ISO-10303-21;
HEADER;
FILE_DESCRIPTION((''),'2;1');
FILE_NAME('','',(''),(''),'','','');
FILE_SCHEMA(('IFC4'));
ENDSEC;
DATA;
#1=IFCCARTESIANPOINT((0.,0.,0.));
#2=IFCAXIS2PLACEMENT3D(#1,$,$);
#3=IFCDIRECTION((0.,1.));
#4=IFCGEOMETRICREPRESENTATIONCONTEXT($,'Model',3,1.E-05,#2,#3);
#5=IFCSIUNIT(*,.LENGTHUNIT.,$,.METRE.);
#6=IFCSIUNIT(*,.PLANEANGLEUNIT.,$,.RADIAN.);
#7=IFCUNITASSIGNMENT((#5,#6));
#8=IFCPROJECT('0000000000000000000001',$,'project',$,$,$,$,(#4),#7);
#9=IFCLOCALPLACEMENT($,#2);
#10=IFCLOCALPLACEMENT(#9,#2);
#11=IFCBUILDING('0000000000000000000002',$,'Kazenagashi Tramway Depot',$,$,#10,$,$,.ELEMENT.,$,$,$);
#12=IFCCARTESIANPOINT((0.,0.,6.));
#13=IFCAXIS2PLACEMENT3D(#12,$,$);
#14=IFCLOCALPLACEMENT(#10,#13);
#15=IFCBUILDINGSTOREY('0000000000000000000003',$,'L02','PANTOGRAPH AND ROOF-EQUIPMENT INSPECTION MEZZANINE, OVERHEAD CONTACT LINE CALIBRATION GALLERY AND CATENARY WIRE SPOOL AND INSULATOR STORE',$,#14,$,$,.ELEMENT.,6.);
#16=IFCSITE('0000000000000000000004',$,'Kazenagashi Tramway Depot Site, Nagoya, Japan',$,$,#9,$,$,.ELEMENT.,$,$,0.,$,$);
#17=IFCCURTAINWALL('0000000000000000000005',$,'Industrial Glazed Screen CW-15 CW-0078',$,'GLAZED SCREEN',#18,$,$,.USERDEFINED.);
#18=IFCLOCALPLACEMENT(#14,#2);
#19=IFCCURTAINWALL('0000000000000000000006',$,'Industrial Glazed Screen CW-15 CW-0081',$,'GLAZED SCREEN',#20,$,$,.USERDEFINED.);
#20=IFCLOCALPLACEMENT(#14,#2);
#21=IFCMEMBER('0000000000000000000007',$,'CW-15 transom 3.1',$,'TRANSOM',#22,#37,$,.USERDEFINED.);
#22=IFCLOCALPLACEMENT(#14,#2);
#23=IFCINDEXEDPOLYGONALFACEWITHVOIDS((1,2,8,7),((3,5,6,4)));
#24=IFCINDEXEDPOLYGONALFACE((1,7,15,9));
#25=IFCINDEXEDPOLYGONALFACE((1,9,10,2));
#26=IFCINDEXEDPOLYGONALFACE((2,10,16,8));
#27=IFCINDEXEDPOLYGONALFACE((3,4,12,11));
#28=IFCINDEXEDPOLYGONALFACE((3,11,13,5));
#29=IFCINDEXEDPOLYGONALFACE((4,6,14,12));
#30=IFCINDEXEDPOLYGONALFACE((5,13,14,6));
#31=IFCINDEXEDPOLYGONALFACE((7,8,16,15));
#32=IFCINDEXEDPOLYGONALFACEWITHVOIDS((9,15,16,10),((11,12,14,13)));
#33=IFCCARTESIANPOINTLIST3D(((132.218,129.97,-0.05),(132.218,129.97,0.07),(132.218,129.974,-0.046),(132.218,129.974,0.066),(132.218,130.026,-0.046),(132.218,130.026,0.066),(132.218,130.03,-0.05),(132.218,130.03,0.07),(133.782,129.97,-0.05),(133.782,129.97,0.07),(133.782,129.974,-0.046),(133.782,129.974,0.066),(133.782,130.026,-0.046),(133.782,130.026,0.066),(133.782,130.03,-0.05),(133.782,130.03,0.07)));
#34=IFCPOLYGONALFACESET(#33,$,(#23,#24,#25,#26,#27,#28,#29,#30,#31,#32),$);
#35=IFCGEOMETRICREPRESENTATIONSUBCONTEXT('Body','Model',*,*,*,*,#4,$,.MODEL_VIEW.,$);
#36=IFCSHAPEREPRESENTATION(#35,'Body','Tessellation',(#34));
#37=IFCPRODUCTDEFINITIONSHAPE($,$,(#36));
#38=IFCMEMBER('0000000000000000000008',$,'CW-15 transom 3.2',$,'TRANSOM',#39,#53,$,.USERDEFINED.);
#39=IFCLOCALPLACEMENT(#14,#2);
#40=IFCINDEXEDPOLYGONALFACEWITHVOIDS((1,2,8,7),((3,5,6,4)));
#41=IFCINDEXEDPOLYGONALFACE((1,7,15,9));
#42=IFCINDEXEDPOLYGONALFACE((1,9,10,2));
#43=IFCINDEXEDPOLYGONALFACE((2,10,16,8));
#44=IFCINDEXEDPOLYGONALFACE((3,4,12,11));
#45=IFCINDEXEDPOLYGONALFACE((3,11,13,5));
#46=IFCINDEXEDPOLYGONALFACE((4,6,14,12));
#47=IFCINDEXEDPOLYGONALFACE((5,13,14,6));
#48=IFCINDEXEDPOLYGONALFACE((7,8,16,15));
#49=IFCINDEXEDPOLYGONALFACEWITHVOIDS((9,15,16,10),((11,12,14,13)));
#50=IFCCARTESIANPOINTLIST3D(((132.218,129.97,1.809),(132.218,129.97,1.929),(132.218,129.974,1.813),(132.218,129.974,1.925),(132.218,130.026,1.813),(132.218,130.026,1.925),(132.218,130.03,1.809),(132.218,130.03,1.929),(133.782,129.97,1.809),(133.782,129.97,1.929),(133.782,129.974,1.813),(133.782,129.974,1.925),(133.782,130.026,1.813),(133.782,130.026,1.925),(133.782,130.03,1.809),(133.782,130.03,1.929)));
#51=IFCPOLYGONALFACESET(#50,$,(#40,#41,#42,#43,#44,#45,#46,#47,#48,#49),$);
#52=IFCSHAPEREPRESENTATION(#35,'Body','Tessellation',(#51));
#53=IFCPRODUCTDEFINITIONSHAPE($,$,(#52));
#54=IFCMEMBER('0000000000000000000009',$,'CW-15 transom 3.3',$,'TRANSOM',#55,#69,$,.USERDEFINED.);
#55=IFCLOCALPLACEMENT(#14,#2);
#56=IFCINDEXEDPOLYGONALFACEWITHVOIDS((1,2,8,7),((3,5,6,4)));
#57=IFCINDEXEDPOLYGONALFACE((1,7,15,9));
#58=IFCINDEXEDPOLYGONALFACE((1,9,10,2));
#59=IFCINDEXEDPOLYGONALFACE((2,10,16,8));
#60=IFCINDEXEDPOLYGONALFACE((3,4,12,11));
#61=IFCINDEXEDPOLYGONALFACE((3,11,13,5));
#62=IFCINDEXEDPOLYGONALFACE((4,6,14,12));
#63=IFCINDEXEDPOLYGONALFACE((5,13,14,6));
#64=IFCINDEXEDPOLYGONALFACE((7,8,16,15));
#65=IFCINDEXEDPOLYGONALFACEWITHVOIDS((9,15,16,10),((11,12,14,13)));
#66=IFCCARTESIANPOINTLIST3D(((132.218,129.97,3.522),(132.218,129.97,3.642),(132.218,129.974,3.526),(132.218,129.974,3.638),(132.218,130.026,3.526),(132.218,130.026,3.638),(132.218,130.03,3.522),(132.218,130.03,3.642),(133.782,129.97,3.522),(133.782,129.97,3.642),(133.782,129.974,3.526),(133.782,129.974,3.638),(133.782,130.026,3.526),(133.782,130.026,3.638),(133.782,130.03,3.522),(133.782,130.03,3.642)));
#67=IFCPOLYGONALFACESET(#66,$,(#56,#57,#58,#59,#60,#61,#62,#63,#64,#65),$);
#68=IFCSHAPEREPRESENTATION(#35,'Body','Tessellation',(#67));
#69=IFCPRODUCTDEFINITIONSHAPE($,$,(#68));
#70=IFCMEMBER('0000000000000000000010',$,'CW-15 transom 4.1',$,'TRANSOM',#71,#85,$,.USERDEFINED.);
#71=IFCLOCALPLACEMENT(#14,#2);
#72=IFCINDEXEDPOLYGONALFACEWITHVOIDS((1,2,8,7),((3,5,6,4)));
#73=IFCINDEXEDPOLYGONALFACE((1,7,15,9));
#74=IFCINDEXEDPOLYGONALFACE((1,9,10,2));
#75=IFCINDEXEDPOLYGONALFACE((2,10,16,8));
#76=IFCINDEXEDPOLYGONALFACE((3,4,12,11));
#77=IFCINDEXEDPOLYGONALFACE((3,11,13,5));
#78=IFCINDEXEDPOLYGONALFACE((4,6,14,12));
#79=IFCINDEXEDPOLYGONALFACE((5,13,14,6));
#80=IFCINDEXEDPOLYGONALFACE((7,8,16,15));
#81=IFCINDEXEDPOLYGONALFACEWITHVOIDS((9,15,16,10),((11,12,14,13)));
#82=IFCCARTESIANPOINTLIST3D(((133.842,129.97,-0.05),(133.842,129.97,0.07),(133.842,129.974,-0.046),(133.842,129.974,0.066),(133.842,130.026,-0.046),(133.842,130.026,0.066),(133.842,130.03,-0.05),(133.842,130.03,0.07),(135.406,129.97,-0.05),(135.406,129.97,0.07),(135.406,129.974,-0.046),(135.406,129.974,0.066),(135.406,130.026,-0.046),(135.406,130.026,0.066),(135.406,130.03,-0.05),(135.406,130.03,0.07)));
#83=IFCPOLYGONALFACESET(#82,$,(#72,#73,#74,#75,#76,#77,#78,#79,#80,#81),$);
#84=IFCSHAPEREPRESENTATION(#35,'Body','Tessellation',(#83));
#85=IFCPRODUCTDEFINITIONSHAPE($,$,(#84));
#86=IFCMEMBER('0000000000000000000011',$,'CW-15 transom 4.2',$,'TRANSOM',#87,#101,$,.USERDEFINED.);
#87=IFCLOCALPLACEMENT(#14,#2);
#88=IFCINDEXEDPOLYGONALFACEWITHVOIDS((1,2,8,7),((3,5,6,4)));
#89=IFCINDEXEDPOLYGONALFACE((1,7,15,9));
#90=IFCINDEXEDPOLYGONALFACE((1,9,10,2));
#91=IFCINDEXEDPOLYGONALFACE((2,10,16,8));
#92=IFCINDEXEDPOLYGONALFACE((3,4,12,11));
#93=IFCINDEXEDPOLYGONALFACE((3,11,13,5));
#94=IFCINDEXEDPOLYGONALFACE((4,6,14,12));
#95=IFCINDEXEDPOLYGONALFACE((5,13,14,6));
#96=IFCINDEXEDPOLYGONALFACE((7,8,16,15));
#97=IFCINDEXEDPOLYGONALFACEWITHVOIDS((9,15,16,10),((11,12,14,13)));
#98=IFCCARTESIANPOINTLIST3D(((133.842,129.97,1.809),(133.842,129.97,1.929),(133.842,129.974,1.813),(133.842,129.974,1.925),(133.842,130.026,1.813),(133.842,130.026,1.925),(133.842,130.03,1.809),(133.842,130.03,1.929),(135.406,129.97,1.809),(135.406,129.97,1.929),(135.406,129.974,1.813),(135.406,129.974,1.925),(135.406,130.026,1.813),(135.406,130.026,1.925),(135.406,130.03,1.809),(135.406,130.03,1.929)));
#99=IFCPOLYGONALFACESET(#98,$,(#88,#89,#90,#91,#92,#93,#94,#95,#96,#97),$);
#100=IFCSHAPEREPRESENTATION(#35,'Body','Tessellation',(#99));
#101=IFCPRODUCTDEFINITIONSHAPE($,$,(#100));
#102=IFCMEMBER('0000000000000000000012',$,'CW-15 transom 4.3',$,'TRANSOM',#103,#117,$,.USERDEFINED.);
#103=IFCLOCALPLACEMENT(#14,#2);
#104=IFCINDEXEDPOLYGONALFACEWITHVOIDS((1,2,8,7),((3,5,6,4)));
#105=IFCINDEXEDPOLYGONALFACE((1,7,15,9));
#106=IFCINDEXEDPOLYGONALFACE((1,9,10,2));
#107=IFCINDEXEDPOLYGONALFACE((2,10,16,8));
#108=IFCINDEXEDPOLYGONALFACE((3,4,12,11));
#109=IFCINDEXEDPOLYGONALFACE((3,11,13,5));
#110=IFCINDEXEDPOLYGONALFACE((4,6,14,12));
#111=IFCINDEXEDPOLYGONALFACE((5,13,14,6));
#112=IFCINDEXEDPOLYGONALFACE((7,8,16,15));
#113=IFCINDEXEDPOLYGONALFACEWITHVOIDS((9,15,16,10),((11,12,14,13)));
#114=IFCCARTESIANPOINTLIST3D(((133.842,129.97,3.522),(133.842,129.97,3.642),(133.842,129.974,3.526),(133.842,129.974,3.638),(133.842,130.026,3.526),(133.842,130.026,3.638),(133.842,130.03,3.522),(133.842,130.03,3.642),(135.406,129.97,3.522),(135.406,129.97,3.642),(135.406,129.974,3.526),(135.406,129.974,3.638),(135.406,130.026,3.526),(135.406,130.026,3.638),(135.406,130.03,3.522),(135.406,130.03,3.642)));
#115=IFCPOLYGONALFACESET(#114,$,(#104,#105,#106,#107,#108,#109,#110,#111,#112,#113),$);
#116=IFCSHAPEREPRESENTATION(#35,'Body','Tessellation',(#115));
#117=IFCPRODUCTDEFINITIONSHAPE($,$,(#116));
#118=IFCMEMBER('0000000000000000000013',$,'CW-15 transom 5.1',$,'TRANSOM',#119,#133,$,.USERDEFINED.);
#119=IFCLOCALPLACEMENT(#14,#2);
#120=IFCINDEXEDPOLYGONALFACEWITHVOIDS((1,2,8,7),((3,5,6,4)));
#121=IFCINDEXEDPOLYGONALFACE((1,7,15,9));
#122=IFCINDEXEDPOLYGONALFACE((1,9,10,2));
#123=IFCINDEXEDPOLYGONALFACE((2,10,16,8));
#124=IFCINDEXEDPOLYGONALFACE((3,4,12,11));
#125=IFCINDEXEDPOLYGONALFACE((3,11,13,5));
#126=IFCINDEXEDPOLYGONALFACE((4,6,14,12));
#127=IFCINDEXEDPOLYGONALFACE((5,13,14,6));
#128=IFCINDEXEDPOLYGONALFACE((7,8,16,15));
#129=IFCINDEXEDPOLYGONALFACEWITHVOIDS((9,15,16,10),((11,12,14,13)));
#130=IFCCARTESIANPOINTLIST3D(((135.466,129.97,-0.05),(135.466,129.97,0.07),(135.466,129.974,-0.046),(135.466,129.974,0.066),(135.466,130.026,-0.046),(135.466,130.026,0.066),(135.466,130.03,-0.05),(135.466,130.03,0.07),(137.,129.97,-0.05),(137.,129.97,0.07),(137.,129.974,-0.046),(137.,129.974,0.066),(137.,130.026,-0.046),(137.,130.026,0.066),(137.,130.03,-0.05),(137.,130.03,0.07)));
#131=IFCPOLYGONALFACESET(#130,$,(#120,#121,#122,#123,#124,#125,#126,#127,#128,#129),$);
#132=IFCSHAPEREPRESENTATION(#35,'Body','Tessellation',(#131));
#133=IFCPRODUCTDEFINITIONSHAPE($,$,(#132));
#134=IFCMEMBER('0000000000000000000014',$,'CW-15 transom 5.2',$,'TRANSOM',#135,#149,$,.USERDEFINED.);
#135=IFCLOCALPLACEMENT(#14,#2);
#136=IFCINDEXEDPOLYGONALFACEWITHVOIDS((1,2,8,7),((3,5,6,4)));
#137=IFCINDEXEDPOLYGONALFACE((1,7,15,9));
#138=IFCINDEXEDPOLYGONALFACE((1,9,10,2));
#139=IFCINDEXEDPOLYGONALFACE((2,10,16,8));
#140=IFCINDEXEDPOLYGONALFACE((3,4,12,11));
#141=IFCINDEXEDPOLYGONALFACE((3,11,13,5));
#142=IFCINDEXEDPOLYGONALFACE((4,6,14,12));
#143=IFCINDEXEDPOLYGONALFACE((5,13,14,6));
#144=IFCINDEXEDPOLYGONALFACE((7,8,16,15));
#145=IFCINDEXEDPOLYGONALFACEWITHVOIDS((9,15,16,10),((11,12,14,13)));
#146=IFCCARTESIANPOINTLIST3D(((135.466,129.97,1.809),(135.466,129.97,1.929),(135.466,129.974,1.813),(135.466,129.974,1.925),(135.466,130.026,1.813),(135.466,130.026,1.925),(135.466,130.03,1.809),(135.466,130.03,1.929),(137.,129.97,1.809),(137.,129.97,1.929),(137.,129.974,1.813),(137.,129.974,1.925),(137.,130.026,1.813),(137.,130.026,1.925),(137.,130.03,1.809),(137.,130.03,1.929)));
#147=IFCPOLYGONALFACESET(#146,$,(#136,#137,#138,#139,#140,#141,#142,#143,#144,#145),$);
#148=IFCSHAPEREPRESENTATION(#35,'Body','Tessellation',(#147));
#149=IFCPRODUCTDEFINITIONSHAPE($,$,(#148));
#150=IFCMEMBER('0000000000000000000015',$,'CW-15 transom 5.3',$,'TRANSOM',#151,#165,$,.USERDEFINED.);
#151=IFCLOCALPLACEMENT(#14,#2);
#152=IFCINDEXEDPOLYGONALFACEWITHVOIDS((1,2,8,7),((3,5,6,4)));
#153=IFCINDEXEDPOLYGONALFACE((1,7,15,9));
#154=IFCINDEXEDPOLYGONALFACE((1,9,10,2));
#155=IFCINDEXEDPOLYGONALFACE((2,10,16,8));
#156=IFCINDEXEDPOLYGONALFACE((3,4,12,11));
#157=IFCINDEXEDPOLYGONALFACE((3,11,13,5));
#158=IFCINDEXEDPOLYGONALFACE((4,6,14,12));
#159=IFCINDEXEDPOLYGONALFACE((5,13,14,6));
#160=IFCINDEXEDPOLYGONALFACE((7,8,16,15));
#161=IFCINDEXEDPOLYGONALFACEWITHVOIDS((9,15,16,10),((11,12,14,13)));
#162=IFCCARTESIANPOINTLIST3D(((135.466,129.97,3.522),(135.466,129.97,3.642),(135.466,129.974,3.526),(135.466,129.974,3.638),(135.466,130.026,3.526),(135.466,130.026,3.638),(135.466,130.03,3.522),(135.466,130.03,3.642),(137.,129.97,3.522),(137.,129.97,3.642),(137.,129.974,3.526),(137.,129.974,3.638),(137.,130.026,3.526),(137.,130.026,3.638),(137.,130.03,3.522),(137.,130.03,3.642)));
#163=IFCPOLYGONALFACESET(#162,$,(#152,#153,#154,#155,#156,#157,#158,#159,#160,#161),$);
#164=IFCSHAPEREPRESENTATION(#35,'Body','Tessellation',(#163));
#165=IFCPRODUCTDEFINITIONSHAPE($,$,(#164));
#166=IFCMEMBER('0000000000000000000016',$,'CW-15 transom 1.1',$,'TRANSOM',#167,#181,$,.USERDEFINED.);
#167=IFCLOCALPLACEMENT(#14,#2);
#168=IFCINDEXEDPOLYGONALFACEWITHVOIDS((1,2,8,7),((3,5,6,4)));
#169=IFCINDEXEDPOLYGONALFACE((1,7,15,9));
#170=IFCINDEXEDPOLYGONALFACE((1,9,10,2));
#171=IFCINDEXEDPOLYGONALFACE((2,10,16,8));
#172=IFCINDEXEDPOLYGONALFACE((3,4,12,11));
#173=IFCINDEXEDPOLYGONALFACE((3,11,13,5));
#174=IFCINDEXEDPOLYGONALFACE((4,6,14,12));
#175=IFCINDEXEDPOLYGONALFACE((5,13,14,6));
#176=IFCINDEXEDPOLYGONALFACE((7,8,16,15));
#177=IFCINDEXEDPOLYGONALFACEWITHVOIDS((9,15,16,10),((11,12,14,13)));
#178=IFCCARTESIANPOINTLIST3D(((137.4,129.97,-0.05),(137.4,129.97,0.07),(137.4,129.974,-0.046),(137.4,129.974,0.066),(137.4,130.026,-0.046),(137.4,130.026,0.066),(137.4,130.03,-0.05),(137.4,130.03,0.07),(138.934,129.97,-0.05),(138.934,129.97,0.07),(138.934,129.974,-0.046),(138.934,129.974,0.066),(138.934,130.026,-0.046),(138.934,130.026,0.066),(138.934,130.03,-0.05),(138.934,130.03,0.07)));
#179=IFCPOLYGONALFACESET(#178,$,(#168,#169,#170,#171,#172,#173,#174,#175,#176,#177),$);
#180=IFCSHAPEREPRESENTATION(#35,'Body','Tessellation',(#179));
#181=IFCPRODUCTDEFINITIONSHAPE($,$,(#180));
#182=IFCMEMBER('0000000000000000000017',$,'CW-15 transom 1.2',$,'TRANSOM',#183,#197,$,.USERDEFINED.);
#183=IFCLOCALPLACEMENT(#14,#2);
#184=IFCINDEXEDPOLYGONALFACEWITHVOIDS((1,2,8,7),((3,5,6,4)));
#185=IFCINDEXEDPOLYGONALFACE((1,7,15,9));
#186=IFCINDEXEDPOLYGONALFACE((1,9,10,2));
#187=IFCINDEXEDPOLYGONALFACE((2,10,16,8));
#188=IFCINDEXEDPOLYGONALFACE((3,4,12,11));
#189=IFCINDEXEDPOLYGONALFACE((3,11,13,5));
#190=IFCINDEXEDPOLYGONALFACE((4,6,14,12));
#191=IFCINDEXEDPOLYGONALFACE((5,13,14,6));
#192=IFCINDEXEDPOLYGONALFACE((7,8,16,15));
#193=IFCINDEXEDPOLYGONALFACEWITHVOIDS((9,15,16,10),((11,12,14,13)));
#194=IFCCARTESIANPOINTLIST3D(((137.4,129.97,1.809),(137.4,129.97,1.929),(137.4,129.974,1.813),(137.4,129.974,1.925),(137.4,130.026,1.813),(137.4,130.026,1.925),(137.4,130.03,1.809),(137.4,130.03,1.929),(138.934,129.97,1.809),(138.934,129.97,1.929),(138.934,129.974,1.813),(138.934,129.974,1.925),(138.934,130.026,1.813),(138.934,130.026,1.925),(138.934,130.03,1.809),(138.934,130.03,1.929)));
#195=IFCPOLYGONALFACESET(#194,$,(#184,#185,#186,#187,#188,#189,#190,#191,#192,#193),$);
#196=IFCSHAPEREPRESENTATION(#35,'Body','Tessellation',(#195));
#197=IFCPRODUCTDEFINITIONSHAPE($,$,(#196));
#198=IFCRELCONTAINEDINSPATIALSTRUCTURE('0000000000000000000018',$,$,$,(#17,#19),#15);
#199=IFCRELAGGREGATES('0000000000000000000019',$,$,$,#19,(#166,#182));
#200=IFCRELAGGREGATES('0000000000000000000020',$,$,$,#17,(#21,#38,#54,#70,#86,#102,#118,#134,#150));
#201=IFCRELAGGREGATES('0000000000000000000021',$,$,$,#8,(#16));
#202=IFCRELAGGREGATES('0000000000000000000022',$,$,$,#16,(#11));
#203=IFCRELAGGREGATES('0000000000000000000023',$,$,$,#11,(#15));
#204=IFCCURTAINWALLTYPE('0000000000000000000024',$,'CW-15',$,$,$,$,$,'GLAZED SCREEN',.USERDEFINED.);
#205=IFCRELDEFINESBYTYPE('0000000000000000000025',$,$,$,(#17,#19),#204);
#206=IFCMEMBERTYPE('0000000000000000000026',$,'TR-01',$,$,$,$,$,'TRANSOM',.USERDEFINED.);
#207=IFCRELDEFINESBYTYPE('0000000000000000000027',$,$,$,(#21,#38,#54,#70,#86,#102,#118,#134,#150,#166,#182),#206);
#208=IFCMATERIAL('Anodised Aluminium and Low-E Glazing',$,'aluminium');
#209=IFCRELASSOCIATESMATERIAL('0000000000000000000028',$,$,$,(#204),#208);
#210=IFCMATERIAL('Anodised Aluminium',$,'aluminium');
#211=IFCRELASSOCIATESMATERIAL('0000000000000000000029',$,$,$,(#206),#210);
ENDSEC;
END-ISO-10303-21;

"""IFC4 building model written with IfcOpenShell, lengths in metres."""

from ifc_helpers import new_model, si_unit, direction, frame, origin, origin_2d, place, context, subcontext, project, spatial, hollow_rectangle, extrude, material, material_profile, profile_set, type_object, element, aggregate, save


model = new_model("IFC4")

# Units and contexts
model_context = context("Model", 3, precision=1e-05, world=origin(), true_north=direction((0.0, 1.0)))
body_context = subcontext(model_context, "Body", "Model", "MODEL_VIEW")
ifc_project = project(units=[si_unit("LENGTHUNIT", "METRE"), si_unit("PLANEANGLEUNIT", "RADIAN")], contexts=[model_context])

# Site, building, storey
site_placement = place(None, origin())
site = spatial("IfcSite", under=ifc_project, at=site_placement, Name="Kazenagashi Tramway Depot Site, Nagoya, Japan", CompositionType="ELEMENT", RefElevation=0.0)
building_placement = place(site_placement, origin())
building = spatial("IfcBuilding", under=site, at=building_placement, Name="Kazenagashi Tramway Depot", CompositionType="ELEMENT")
storey_placement = place(building_placement, frame((0.0, 0.0, 6.0)))
storey = spatial("IfcBuildingStorey", under=building, at=storey_placement, Name="L02", Description="PANTOGRAPH AND ROOF-EQUIPMENT INSPECTION MEZZANINE, OVERHEAD CONTACT LINE CALIBRATION GALLERY AND CATENARY WIRE SPOOL AND INSULATOR STORE", CompositionType="ELEMENT", Elevation=6.0)

# Curtain walls
ifc_material_1 = material(Name="Anodised Aluminium and Low-E Glazing", Category="aluminium")
curtain_wall_type = type_object("IfcCurtainWallType", Name="CW-15", ElementType="GLAZED SCREEN", PredefinedType="USERDEFINED", material=ifc_material_1)
curtain_wall_1_placement = place(storey_placement, origin())
curtain_wall_1 = element("IfcCurtainWall", 1, at=curtain_wall_1_placement, inside=storey, type_object=curtain_wall_type, Name="Industrial Glazed Screen CW-15 CW-0078", ObjectType="GLAZED SCREEN", PredefinedType="USERDEFINED")
ifc_material_2 = material(Name="Anodised Aluminium", Category="aluminium")
curtain_wall_2_placement = place(storey_placement, origin())
curtain_wall_2 = element("IfcCurtainWall", 2, at=curtain_wall_2_placement, inside=storey, type_object=curtain_wall_type, Name="Industrial Glazed Screen CW-15 CW-0081", ObjectType="GLAZED SCREEN", PredefinedType="USERDEFINED")

# Members
ifc_material_profile_1 = material_profile(ifc_material_2, hollow_rectangle(XDim=0.06, YDim=0.12, WallThickness=0.004, at=origin_2d()), Name="RHS-120x60x4")
ifc_profile_set_1 = profile_set([ifc_material_profile_1], Name="Anodised Aluminium")
member_type_1 = type_object("IfcMemberType", Name="TR-01", ElementType="TRANSOM", PredefinedType="USERDEFINED", material=ifc_profile_set_1)
member_1_placement = place(storey_placement, frame((132.218, 130.0, 0.01), z_axis=(1.0, 0.0, 0.0), x_axis=(0.0, 1.0, 0.0)))
member_1 = element("IfcMember", 3, at=member_1_placement, type_object=member_type_1, Name="CW-15 transom 3.1", ObjectType="TRANSOM", PredefinedType="USERDEFINED", context=body_context, shape_type="SweptSolid", body=[
    extrude(hollow_rectangle(XDim=0.06, YDim=0.12, WallThickness=0.004, at=origin_2d()), origin(), (0.0, 0.0, 1.0), 1.564),
])
member_2_placement = place(storey_placement, frame((132.218, 130.0, 1.869), z_axis=(1.0, 0.0, 0.0), x_axis=(0.0, 1.0, 0.0)))
member_2 = element("IfcMember", 4, at=member_2_placement, type_object=member_type_1, Name="CW-15 transom 3.2", ObjectType="TRANSOM", PredefinedType="USERDEFINED", context=body_context, shape_type="SweptSolid", body=[
    extrude(hollow_rectangle(XDim=0.06, YDim=0.12, WallThickness=0.004, at=origin_2d()), origin(), (0.0, 0.0, 1.0), 1.564),
])
member_3_placement = place(storey_placement, frame((132.218, 130.0, 3.582), z_axis=(1.0, 0.0, 0.0), x_axis=(0.0, 1.0, 0.0)))
member_3 = element("IfcMember", 5, at=member_3_placement, type_object=member_type_1, Name="CW-15 transom 3.3", ObjectType="TRANSOM", PredefinedType="USERDEFINED", context=body_context, shape_type="SweptSolid", body=[
    extrude(hollow_rectangle(XDim=0.06, YDim=0.12, WallThickness=0.004, at=origin_2d()), origin(), (0.0, 0.0, 1.0), 1.564),
])
member_4_placement = place(storey_placement, frame((133.842, 130.0, 0.01), z_axis=(1.0, 0.0, 0.0), x_axis=(0.0, 1.0, 0.0)))
member_4 = element("IfcMember", 6, at=member_4_placement, type_object=member_type_1, Name="CW-15 transom 4.1", ObjectType="TRANSOM", PredefinedType="USERDEFINED", context=body_context, shape_type="SweptSolid", body=[
    extrude(hollow_rectangle(XDim=0.06, YDim=0.12, WallThickness=0.004, at=origin_2d()), origin(), (0.0, 0.0, 1.0), 1.564),
])
member_5_placement = place(storey_placement, frame((133.842, 130.0, 1.869), z_axis=(1.0, 0.0, 0.0), x_axis=(0.0, 1.0, 0.0)))
member_5 = element("IfcMember", 7, at=member_5_placement, type_object=member_type_1, Name="CW-15 transom 4.2", ObjectType="TRANSOM", PredefinedType="USERDEFINED", context=body_context, shape_type="SweptSolid", body=[
    extrude(hollow_rectangle(XDim=0.06, YDim=0.12, WallThickness=0.004, at=origin_2d()), origin(), (0.0, 0.0, 1.0), 1.564),
])
member_6_placement = place(storey_placement, frame((133.842, 130.0, 3.582), z_axis=(1.0, 0.0, 0.0), x_axis=(0.0, 1.0, 0.0)))
member_6 = element("IfcMember", 8, at=member_6_placement, type_object=member_type_1, Name="CW-15 transom 4.3", ObjectType="TRANSOM", PredefinedType="USERDEFINED", context=body_context, shape_type="SweptSolid", body=[
    extrude(hollow_rectangle(XDim=0.06, YDim=0.12, WallThickness=0.004, at=origin_2d()), origin(), (0.0, 0.0, 1.0), 1.564),
])
member_7_placement = place(storey_placement, frame((135.466, 130.0, 0.01), z_axis=(1.0, 0.0, 0.0), x_axis=(0.0, 1.0, 0.0)))
member_7 = element("IfcMember", 9, at=member_7_placement, type_object=member_type_1, Name="CW-15 transom 5.1", ObjectType="TRANSOM", PredefinedType="USERDEFINED", context=body_context, shape_type="SweptSolid", body=[
    extrude(hollow_rectangle(XDim=0.06, YDim=0.12, WallThickness=0.004, at=origin_2d()), origin(), (0.0, 0.0, 1.0), 1.534),
])
member_8_placement = place(storey_placement, frame((135.466, 130.0, 1.869), z_axis=(1.0, 0.0, 0.0), x_axis=(0.0, 1.0, 0.0)))
member_8 = element("IfcMember", 10, at=member_8_placement, type_object=member_type_1, Name="CW-15 transom 5.2", ObjectType="TRANSOM", PredefinedType="USERDEFINED", context=body_context, shape_type="SweptSolid", body=[
    extrude(hollow_rectangle(XDim=0.06, YDim=0.12, WallThickness=0.004, at=origin_2d()), origin(), (0.0, 0.0, 1.0), 1.534),
])
member_9_placement = place(storey_placement, frame((135.466, 130.0, 3.582), z_axis=(1.0, 0.0, 0.0), x_axis=(0.0, 1.0, 0.0)))
member_9 = element("IfcMember", 11, at=member_9_placement, type_object=member_type_1, Name="CW-15 transom 5.3", ObjectType="TRANSOM", PredefinedType="USERDEFINED", context=body_context, shape_type="SweptSolid", body=[
    extrude(hollow_rectangle(XDim=0.06, YDim=0.12, WallThickness=0.004, at=origin_2d()), origin(), (0.0, 0.0, 1.0), 1.534),
])
member_10_placement = place(storey_placement, frame((137.4, 130.0, 0.01), z_axis=(1.0, 0.0, 0.0), x_axis=(0.0, 1.0, 0.0)))
member_10 = element("IfcMember", 12, at=member_10_placement, type_object=member_type_1, Name="CW-15 transom 1.1", ObjectType="TRANSOM", PredefinedType="USERDEFINED", context=body_context, shape_type="SweptSolid", body=[
    extrude(hollow_rectangle(XDim=0.06, YDim=0.12, WallThickness=0.004, at=origin_2d()), origin(), (0.0, 0.0, 1.0), 1.534),
])
member_11_placement = place(storey_placement, frame((137.4, 130.0, 1.869), z_axis=(1.0, 0.0, 0.0), x_axis=(0.0, 1.0, 0.0)))
member_11 = element("IfcMember", 13, at=member_11_placement, type_object=member_type_1, Name="CW-15 transom 1.2", ObjectType="TRANSOM", PredefinedType="USERDEFINED", context=body_context, shape_type="SweptSolid", body=[
    extrude(hollow_rectangle(XDim=0.06, YDim=0.12, WallThickness=0.004, at=origin_2d()), origin(), (0.0, 0.0, 1.0), 1.534),
])

aggregate(curtain_wall_2, [member_10, member_11])
aggregate(curtain_wall_1, [member_1, member_2, member_3, member_4, member_5, member_6, member_7, member_8, member_9])

save(model, "model.ifc")
